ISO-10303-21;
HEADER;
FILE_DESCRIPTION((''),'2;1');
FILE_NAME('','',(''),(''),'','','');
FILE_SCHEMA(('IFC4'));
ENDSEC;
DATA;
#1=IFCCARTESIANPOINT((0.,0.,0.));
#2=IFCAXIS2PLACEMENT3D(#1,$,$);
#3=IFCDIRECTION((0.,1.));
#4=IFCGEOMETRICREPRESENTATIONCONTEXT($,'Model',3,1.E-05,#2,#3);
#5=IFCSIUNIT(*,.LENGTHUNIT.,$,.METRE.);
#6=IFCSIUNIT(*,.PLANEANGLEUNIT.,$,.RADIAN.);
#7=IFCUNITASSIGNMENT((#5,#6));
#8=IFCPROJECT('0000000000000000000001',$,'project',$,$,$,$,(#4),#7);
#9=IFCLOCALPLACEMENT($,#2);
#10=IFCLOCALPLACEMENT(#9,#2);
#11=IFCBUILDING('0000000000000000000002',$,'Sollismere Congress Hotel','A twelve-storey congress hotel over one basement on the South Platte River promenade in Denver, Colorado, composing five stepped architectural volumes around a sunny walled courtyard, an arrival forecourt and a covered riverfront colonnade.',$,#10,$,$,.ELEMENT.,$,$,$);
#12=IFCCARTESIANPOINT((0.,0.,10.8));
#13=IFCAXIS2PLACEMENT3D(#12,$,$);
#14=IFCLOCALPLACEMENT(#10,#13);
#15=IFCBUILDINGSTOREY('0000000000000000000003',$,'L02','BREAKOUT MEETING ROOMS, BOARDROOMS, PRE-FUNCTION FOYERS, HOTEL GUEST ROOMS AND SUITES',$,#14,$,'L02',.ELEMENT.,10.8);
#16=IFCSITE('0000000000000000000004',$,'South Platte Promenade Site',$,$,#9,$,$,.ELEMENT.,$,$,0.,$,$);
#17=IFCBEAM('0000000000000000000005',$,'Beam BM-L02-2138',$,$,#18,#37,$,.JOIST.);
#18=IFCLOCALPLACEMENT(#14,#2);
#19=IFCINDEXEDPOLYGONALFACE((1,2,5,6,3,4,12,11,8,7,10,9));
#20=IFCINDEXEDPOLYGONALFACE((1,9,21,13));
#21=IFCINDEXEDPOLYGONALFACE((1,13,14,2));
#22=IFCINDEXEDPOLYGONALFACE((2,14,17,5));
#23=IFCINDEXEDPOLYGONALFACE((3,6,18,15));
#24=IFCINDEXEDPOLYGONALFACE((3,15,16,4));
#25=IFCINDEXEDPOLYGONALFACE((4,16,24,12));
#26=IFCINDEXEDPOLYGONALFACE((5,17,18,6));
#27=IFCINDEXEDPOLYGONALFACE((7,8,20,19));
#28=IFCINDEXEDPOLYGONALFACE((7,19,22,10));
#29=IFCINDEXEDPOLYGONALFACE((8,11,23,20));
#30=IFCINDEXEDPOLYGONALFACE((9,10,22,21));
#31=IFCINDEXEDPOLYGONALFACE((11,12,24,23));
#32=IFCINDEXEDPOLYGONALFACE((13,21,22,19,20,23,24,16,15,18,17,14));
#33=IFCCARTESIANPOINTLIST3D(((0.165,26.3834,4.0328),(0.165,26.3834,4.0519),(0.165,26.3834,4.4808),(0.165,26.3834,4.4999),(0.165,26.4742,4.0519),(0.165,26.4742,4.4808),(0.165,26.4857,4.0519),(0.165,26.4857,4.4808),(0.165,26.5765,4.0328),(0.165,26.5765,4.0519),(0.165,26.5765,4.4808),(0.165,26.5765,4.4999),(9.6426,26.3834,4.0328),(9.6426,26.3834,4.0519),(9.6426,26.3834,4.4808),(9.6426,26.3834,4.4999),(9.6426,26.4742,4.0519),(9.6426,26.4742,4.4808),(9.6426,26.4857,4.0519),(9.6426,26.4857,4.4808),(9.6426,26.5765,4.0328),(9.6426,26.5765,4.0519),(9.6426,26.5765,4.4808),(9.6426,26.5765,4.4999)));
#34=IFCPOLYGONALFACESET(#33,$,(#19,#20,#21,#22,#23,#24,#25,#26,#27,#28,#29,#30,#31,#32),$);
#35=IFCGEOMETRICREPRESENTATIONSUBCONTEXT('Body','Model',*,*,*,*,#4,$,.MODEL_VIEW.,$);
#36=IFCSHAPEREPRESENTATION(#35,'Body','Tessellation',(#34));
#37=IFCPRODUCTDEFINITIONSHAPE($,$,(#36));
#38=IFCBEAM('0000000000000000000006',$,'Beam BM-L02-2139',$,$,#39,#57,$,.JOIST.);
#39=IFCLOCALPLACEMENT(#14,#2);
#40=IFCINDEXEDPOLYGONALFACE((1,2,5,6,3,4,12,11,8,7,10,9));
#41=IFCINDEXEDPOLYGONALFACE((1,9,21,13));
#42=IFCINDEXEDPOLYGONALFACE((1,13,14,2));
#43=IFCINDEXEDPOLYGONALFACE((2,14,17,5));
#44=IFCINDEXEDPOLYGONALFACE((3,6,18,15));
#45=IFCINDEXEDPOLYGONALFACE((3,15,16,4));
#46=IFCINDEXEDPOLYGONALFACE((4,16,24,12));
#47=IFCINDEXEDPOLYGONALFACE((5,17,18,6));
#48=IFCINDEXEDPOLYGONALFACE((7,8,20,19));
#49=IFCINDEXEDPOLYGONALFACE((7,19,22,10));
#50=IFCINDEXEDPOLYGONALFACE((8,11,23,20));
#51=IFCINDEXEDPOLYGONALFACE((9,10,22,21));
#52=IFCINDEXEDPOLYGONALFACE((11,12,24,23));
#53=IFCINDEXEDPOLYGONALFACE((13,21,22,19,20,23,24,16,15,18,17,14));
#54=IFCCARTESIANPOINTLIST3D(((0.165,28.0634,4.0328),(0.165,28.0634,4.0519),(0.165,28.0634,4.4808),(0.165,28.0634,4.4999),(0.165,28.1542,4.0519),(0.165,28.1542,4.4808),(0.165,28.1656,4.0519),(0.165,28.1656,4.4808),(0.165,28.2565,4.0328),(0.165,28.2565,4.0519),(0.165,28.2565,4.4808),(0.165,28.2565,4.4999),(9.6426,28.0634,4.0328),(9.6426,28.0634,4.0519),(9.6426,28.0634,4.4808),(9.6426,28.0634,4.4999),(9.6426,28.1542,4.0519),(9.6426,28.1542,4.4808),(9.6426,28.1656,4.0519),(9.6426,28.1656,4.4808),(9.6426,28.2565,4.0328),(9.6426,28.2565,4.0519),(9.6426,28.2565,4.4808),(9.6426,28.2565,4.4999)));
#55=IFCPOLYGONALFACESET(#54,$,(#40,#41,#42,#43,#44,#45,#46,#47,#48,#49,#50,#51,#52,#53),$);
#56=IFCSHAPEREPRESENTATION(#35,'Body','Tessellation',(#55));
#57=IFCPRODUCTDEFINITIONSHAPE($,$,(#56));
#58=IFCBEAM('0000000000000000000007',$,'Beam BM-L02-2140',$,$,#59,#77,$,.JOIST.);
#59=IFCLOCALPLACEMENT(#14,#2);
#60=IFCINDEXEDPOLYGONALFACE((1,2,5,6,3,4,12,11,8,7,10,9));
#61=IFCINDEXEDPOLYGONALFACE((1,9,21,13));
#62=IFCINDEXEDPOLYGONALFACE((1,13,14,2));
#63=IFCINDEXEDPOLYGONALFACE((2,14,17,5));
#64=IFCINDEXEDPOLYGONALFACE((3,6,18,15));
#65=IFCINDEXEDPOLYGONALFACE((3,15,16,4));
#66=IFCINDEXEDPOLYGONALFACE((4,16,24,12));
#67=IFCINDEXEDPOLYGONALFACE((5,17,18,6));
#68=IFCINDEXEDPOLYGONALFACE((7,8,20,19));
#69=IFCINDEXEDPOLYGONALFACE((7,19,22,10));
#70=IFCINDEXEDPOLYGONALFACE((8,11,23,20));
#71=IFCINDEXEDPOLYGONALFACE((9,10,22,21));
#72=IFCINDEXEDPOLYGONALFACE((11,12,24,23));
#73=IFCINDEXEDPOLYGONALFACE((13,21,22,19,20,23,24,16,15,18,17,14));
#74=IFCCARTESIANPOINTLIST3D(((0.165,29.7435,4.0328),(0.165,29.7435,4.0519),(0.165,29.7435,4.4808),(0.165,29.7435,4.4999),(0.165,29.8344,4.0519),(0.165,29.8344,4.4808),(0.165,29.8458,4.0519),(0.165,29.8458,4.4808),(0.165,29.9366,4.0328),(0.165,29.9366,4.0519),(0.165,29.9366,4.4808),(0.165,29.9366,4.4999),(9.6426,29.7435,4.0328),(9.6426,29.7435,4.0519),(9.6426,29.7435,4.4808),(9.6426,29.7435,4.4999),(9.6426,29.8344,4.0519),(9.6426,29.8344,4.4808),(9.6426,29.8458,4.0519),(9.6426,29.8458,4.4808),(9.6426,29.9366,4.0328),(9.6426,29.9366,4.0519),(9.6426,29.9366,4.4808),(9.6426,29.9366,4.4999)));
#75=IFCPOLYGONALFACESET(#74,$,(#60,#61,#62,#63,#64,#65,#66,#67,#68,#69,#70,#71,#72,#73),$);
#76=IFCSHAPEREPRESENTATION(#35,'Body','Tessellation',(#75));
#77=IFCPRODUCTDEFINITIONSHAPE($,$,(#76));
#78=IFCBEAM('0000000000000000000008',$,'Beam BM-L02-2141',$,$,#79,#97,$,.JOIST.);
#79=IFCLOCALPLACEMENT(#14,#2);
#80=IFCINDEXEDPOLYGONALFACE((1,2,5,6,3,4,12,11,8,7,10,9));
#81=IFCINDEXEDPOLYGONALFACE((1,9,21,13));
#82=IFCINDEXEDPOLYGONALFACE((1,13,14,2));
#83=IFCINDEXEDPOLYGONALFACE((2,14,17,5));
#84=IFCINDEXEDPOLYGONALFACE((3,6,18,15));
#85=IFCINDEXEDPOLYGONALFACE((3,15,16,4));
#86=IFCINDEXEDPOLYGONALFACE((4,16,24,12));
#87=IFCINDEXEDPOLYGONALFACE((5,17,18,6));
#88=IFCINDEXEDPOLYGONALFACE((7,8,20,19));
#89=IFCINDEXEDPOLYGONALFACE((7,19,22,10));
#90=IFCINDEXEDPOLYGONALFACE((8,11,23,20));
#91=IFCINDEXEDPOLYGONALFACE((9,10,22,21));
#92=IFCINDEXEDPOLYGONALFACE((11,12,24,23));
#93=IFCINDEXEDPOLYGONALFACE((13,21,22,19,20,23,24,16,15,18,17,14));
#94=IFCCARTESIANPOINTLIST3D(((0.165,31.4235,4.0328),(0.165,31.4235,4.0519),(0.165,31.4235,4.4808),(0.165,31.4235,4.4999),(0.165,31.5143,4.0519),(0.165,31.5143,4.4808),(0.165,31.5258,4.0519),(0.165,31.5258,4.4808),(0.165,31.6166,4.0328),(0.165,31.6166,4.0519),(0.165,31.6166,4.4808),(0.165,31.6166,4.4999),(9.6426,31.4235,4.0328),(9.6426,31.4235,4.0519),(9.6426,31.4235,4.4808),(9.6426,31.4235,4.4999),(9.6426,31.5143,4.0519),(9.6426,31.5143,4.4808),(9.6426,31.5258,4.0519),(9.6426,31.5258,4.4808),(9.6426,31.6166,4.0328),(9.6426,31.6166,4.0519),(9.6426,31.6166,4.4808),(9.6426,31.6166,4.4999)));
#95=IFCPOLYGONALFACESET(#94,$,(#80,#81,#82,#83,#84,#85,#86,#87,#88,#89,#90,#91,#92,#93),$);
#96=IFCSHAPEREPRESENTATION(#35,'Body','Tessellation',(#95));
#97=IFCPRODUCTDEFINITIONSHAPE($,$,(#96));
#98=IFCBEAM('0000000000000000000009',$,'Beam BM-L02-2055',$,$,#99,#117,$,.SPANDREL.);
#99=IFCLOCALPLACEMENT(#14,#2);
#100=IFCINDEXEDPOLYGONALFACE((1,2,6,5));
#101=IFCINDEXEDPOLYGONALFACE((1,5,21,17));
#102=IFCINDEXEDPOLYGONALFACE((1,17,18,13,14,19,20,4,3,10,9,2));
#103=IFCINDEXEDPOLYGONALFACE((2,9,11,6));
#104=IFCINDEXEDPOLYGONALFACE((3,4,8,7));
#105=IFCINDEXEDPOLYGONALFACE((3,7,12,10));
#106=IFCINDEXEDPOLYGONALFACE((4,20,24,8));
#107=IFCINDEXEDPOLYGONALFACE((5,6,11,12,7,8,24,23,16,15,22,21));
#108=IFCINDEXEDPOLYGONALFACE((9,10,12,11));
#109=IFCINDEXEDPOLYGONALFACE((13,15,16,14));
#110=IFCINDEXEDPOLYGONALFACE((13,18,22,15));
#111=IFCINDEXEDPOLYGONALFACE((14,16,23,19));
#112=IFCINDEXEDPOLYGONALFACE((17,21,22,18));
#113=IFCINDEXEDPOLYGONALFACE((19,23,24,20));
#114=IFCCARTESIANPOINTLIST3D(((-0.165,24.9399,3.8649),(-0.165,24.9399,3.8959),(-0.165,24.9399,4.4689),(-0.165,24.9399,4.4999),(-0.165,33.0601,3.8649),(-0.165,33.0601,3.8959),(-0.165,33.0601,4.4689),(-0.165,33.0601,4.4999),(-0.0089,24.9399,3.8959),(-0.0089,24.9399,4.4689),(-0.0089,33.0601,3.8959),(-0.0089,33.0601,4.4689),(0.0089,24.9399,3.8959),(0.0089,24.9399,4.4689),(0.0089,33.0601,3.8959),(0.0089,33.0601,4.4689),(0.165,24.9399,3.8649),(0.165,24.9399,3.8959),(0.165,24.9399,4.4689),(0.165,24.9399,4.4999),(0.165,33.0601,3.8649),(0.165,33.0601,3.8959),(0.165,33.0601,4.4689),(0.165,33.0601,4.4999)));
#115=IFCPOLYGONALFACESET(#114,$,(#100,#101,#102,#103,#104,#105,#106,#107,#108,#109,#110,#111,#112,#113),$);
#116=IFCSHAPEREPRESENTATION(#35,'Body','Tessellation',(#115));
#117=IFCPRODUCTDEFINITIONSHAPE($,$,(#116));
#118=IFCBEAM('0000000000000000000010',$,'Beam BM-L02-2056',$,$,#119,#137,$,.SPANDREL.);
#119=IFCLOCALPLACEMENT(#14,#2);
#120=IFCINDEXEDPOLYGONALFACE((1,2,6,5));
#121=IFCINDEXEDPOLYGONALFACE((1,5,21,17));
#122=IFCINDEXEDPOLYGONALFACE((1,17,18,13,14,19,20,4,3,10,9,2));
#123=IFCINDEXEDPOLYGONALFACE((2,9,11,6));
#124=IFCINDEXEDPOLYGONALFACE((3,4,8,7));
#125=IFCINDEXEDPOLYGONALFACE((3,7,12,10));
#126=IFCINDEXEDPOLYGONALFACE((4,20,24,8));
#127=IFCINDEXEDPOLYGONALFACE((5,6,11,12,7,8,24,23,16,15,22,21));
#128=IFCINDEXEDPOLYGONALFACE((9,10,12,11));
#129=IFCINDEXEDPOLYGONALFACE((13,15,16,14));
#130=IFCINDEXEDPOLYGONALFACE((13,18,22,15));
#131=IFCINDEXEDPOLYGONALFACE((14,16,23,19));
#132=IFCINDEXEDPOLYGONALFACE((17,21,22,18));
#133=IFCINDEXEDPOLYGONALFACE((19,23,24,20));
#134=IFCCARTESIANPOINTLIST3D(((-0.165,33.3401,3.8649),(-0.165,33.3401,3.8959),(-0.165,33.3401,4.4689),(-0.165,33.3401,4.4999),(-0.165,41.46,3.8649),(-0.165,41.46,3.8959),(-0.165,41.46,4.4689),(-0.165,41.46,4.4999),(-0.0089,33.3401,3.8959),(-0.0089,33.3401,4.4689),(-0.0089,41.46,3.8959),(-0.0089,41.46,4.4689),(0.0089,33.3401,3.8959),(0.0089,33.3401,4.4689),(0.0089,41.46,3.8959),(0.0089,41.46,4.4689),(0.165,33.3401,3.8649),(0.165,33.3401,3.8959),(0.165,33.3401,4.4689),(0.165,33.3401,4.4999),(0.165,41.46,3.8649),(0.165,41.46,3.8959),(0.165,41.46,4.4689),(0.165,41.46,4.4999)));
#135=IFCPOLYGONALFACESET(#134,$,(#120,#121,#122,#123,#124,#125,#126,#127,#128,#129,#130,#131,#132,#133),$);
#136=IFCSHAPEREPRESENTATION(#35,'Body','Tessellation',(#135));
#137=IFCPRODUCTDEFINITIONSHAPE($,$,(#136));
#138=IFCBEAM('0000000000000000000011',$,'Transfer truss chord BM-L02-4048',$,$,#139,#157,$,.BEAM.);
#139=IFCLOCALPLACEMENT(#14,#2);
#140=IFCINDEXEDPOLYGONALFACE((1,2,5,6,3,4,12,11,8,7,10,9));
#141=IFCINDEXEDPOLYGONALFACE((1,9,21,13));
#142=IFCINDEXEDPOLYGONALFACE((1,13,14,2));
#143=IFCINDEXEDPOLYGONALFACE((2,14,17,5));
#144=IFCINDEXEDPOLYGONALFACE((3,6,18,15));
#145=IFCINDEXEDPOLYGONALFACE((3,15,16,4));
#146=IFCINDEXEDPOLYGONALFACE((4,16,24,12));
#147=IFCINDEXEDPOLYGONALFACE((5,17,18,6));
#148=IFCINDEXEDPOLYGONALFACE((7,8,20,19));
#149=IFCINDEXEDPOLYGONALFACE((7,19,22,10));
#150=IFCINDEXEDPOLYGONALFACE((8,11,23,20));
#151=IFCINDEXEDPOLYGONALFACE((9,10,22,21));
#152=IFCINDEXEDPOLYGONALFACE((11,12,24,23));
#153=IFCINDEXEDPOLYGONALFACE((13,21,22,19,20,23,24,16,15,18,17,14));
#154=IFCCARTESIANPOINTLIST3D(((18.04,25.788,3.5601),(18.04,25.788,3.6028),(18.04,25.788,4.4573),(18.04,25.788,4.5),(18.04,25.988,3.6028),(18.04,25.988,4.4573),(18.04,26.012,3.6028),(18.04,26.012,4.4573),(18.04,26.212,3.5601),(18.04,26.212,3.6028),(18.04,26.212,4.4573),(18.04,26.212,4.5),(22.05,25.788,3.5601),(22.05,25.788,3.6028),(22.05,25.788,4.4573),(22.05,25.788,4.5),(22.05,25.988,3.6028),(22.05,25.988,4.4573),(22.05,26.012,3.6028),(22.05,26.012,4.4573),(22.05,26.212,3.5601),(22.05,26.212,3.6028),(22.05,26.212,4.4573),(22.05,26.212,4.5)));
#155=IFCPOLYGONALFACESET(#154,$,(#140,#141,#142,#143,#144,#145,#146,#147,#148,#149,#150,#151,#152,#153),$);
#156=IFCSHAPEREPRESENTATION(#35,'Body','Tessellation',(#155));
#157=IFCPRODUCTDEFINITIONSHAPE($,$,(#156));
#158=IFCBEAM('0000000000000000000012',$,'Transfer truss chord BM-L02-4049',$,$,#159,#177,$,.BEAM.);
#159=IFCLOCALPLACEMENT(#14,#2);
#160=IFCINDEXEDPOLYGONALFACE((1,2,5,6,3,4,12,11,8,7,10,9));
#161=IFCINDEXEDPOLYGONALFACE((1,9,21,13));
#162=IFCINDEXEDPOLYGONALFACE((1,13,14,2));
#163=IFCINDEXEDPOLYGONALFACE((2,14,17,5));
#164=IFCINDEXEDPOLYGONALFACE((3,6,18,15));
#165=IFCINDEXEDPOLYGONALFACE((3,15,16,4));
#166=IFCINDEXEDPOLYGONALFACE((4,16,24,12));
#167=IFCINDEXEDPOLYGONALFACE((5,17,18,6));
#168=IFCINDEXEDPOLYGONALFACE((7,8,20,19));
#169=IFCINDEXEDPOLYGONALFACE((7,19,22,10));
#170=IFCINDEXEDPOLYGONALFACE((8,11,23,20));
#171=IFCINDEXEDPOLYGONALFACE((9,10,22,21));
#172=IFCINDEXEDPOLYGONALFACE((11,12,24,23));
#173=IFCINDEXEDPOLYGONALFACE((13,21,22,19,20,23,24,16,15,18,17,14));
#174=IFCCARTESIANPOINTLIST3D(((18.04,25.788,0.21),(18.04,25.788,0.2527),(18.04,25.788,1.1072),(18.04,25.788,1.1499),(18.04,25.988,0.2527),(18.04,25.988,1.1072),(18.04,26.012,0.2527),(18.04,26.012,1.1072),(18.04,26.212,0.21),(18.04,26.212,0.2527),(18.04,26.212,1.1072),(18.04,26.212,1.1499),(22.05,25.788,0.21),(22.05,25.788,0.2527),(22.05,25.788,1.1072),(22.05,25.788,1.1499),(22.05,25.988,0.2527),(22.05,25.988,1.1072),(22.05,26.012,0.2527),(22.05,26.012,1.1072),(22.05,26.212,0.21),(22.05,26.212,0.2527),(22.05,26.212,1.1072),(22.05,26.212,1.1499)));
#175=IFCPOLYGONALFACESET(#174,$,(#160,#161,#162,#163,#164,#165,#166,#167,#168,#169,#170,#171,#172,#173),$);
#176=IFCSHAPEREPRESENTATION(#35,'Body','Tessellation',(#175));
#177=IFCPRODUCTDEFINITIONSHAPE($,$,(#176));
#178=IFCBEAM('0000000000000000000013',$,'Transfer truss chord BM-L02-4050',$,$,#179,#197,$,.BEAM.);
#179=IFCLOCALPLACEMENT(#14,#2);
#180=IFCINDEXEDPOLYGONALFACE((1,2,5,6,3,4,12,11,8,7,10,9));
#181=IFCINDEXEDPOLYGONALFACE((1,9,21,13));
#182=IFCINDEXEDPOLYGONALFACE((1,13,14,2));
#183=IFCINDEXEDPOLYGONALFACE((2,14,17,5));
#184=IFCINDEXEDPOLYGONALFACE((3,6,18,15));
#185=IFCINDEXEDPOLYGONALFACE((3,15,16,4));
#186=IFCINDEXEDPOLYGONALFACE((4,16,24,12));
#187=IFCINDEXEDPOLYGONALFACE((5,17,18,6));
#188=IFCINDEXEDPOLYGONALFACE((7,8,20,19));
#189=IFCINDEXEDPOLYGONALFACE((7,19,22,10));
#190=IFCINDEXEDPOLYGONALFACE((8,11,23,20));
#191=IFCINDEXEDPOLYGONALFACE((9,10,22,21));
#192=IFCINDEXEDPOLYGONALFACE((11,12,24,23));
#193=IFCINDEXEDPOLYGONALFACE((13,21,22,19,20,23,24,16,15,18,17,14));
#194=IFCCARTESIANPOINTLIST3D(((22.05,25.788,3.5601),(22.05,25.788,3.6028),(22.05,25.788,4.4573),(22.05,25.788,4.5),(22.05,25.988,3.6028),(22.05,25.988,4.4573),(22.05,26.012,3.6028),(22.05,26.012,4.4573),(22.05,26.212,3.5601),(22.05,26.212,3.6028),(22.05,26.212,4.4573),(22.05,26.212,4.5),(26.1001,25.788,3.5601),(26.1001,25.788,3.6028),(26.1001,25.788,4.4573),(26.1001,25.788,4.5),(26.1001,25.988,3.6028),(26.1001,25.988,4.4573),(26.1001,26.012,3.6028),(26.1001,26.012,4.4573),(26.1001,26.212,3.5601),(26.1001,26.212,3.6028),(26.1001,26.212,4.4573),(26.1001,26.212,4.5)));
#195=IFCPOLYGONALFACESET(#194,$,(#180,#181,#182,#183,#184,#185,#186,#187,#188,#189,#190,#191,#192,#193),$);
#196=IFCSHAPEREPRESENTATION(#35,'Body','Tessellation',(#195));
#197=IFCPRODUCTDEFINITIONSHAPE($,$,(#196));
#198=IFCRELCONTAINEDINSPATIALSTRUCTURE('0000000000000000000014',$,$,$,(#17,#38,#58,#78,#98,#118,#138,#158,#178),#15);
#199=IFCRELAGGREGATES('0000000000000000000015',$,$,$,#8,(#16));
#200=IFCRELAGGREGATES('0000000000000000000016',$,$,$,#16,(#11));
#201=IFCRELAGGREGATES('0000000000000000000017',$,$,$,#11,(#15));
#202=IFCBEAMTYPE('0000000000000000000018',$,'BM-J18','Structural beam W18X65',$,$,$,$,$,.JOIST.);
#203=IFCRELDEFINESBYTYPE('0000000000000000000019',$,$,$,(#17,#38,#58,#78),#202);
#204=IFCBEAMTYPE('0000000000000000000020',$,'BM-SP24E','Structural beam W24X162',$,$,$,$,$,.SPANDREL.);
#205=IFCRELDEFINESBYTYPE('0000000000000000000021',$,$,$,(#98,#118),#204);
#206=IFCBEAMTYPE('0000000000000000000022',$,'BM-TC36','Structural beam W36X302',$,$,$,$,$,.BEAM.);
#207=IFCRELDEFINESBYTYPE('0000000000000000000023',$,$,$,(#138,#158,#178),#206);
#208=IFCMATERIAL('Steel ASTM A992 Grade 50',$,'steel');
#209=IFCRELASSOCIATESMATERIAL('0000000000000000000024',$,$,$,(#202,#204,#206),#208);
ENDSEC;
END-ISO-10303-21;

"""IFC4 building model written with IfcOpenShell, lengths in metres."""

from ifc_helpers import new_model, si_unit, direction, frame, origin, origin_2d, place, context, subcontext, project, spatial, i_section, extrude, material, material_profile, profile_set, type_object, element, save


model = new_model("IFC4")

# Units and contexts
model_context = context("Model", 3, precision=1e-05, world=origin(), true_north=direction((0.0, 1.0)))
body_context = subcontext(model_context, "Body", "Model", "MODEL_VIEW")
ifc_project = project(units=[si_unit("LENGTHUNIT", "METRE"), si_unit("PLANEANGLEUNIT", "RADIAN")], contexts=[model_context])

# Site, building, storey
site_placement = place(None, origin())
site = spatial("IfcSite", under=ifc_project, at=site_placement, Name="South Platte Promenade Site", CompositionType="ELEMENT", RefElevation=0.0)
building_placement = place(site_placement, origin())
building = spatial("IfcBuilding", under=site, at=building_placement, Name="Sollismere Congress Hotel", Description="A twelve-storey congress hotel over one basement on the South Platte River promenade in Denver, Colorado, composing five stepped architectural volumes around a sunny walled courtyard, an arrival forecourt and a covered riverfront colonnade.", CompositionType="ELEMENT")
storey_placement = place(building_placement, frame((0.0, 0.0, 10.8)))
storey = spatial("IfcBuildingStorey", under=building, at=storey_placement, Name="L02", Description="BREAKOUT MEETING ROOMS, BOARDROOMS, PRE-FUNCTION FOYERS, HOTEL GUEST ROOMS AND SUITES", LongName="L02", CompositionType="ELEMENT", Elevation=10.8)

# Shared definitions
ifc_material_1 = material(Name="Steel ASTM A992 Grade 50", Category="steel")

# Beams
ifc_material_profile_1 = material_profile(ifc_material_1, i_section(OverallWidth=0.1931, OverallDepth=0.467, WebThickness=0.0115, FlangeThickness=0.019, at=origin_2d()), Name="W18X65")
ifc_profile_set_1 = profile_set([ifc_material_profile_1], Name="Steel ASTM A992 Grade 50")
beam_type_1 = type_object("IfcBeamType", Name="BM-J18", Description="Structural beam W18X65", PredefinedType="JOIST", material=ifc_profile_set_1)
for number, where, z_axis, x_axis, name in (
    (1, (0.165, 26.48, 4.2664), (1.0, 0.0, 0.0), (0.0, 1.0, 0.0), "Beam BM-L02-2138"),
    (2, (0.165, 28.1599, 4.2664), (1.0, 0.0, 0.0), (0.0, 1.0, 0.0), "Beam BM-L02-2139"),
    (3, (0.165, 29.8401, 4.2664), (1.0, 0.0, 0.0), (0.0, 1.0, 0.0), "Beam BM-L02-2140"),
    (4, (0.165, 31.52, 4.2664), (1.0, 0.0, 0.0), (0.0, 1.0, 0.0), "Beam BM-L02-2141"),
):
    element("IfcBeam", number, at=place(storey_placement, frame(where, z_axis=z_axis, x_axis=x_axis)), inside=storey, type_object=beam_type_1, Name=name, PredefinedType="JOIST", context=body_context, shape_type="SweptSolid", body=[
        extrude(i_section(OverallWidth=0.1931, OverallDepth=0.467, WebThickness=0.0115, FlangeThickness=0.019, at=origin_2d()), origin(), (0.0, 0.0, 1.0), 9.4775),
    ])
ifc_material_profile_2 = material_profile(ifc_material_1, i_section(OverallWidth=0.3301, OverallDepth=0.635, WebThickness=0.0178, FlangeThickness=0.031, at=origin_2d()), Name="W24X162")
ifc_profile_set_2 = profile_set([ifc_material_profile_2], Name="Steel ASTM A992 Grade 50")
beam_type_2 = type_object("IfcBeamType", Name="BM-SP24E", Description="Structural beam W24X162", PredefinedType="SPANDREL", material=ifc_profile_set_2)
beam_1_placement = place(storey_placement, frame((0.0, 24.9399, 4.1824), z_axis=(0.0, 1.0, 0.0), x_axis=(-1.0, 0.0, 0.0)))
element("IfcBeam", 5, at=beam_1_placement, inside=storey, type_object=beam_type_2, Name="Beam BM-L02-2055", PredefinedType="SPANDREL", context=body_context, shape_type="SweptSolid", body=[
    extrude(i_section(OverallWidth=0.3301, OverallDepth=0.635, WebThickness=0.0178, FlangeThickness=0.031, at=origin_2d()), origin(), (0.0, 0.0, 1.0), 8.1201),
])
beam_2_placement = place(storey_placement, frame((0.0, 33.3401, 4.1824), z_axis=(0.0, 1.0, 0.0), x_axis=(-1.0, 0.0, 0.0)))
element("IfcBeam", 6, at=beam_2_placement, inside=storey, type_object=beam_type_2, Name="Beam BM-L02-2056", PredefinedType="SPANDREL", context=body_context, shape_type="SweptSolid", body=[
    extrude(i_section(OverallWidth=0.3301, OverallDepth=0.635, WebThickness=0.0178, FlangeThickness=0.031, at=origin_2d()), origin(), (0.0, 0.0, 1.0), 8.1199),
])
ifc_material_profile_3 = material_profile(ifc_material_1, i_section(OverallWidth=0.4241, OverallDepth=0.9399, WebThickness=0.0239, FlangeThickness=0.0427, at=origin_2d()), Name="W36X302")
ifc_profile_set_3 = profile_set([ifc_material_profile_3], Name="Steel ASTM A992 Grade 50")
beam_type_3 = type_object("IfcBeamType", Name="BM-TC36", Description="Structural beam W36X302", PredefinedType="BEAM", material=ifc_profile_set_3)
for number, where, z_axis, x_axis, name in (
    (7, (18.04, 26.0, 4.03), (1.0, 0.0, 0.0), (0.0, 1.0, 0.0), "Transfer truss chord BM-L02-4048"),
    (8, (18.04, 26.0, 0.6799), (1.0, 0.0, 0.0), (0.0, 1.0, 0.0), "Transfer truss chord BM-L02-4049"),
):
    element("IfcBeam", number, at=place(storey_placement, frame(where, z_axis=z_axis, x_axis=x_axis)), inside=storey, type_object=beam_type_3, Name=name, PredefinedType="BEAM", context=body_context, shape_type="SweptSolid", body=[
        extrude(i_section(OverallWidth=0.4241, OverallDepth=0.9399, WebThickness=0.0239, FlangeThickness=0.0427, at=origin_2d()), origin(), (0.0, 0.0, 1.0), 4.01),
    ])
for number, where, z_axis, x_axis, name in (
    (9, (22.05, 26.0, 4.03), (1.0, 0.0, 0.0), (0.0, 1.0, 0.0), "Transfer truss chord BM-L02-4050"),
):
    element("IfcBeam", number, at=place(storey_placement, frame(where, z_axis=z_axis, x_axis=x_axis)), inside=storey, type_object=beam_type_3, Name=name, PredefinedType="BEAM", context=body_context, shape_type="SweptSolid", body=[
        extrude(i_section(OverallWidth=0.4241, OverallDepth=0.9399, WebThickness=0.0239, FlangeThickness=0.0427, at=origin_2d()), origin(), (0.0, 0.0, 1.0), 4.05),
    ])

save(model, "model.ifc")
